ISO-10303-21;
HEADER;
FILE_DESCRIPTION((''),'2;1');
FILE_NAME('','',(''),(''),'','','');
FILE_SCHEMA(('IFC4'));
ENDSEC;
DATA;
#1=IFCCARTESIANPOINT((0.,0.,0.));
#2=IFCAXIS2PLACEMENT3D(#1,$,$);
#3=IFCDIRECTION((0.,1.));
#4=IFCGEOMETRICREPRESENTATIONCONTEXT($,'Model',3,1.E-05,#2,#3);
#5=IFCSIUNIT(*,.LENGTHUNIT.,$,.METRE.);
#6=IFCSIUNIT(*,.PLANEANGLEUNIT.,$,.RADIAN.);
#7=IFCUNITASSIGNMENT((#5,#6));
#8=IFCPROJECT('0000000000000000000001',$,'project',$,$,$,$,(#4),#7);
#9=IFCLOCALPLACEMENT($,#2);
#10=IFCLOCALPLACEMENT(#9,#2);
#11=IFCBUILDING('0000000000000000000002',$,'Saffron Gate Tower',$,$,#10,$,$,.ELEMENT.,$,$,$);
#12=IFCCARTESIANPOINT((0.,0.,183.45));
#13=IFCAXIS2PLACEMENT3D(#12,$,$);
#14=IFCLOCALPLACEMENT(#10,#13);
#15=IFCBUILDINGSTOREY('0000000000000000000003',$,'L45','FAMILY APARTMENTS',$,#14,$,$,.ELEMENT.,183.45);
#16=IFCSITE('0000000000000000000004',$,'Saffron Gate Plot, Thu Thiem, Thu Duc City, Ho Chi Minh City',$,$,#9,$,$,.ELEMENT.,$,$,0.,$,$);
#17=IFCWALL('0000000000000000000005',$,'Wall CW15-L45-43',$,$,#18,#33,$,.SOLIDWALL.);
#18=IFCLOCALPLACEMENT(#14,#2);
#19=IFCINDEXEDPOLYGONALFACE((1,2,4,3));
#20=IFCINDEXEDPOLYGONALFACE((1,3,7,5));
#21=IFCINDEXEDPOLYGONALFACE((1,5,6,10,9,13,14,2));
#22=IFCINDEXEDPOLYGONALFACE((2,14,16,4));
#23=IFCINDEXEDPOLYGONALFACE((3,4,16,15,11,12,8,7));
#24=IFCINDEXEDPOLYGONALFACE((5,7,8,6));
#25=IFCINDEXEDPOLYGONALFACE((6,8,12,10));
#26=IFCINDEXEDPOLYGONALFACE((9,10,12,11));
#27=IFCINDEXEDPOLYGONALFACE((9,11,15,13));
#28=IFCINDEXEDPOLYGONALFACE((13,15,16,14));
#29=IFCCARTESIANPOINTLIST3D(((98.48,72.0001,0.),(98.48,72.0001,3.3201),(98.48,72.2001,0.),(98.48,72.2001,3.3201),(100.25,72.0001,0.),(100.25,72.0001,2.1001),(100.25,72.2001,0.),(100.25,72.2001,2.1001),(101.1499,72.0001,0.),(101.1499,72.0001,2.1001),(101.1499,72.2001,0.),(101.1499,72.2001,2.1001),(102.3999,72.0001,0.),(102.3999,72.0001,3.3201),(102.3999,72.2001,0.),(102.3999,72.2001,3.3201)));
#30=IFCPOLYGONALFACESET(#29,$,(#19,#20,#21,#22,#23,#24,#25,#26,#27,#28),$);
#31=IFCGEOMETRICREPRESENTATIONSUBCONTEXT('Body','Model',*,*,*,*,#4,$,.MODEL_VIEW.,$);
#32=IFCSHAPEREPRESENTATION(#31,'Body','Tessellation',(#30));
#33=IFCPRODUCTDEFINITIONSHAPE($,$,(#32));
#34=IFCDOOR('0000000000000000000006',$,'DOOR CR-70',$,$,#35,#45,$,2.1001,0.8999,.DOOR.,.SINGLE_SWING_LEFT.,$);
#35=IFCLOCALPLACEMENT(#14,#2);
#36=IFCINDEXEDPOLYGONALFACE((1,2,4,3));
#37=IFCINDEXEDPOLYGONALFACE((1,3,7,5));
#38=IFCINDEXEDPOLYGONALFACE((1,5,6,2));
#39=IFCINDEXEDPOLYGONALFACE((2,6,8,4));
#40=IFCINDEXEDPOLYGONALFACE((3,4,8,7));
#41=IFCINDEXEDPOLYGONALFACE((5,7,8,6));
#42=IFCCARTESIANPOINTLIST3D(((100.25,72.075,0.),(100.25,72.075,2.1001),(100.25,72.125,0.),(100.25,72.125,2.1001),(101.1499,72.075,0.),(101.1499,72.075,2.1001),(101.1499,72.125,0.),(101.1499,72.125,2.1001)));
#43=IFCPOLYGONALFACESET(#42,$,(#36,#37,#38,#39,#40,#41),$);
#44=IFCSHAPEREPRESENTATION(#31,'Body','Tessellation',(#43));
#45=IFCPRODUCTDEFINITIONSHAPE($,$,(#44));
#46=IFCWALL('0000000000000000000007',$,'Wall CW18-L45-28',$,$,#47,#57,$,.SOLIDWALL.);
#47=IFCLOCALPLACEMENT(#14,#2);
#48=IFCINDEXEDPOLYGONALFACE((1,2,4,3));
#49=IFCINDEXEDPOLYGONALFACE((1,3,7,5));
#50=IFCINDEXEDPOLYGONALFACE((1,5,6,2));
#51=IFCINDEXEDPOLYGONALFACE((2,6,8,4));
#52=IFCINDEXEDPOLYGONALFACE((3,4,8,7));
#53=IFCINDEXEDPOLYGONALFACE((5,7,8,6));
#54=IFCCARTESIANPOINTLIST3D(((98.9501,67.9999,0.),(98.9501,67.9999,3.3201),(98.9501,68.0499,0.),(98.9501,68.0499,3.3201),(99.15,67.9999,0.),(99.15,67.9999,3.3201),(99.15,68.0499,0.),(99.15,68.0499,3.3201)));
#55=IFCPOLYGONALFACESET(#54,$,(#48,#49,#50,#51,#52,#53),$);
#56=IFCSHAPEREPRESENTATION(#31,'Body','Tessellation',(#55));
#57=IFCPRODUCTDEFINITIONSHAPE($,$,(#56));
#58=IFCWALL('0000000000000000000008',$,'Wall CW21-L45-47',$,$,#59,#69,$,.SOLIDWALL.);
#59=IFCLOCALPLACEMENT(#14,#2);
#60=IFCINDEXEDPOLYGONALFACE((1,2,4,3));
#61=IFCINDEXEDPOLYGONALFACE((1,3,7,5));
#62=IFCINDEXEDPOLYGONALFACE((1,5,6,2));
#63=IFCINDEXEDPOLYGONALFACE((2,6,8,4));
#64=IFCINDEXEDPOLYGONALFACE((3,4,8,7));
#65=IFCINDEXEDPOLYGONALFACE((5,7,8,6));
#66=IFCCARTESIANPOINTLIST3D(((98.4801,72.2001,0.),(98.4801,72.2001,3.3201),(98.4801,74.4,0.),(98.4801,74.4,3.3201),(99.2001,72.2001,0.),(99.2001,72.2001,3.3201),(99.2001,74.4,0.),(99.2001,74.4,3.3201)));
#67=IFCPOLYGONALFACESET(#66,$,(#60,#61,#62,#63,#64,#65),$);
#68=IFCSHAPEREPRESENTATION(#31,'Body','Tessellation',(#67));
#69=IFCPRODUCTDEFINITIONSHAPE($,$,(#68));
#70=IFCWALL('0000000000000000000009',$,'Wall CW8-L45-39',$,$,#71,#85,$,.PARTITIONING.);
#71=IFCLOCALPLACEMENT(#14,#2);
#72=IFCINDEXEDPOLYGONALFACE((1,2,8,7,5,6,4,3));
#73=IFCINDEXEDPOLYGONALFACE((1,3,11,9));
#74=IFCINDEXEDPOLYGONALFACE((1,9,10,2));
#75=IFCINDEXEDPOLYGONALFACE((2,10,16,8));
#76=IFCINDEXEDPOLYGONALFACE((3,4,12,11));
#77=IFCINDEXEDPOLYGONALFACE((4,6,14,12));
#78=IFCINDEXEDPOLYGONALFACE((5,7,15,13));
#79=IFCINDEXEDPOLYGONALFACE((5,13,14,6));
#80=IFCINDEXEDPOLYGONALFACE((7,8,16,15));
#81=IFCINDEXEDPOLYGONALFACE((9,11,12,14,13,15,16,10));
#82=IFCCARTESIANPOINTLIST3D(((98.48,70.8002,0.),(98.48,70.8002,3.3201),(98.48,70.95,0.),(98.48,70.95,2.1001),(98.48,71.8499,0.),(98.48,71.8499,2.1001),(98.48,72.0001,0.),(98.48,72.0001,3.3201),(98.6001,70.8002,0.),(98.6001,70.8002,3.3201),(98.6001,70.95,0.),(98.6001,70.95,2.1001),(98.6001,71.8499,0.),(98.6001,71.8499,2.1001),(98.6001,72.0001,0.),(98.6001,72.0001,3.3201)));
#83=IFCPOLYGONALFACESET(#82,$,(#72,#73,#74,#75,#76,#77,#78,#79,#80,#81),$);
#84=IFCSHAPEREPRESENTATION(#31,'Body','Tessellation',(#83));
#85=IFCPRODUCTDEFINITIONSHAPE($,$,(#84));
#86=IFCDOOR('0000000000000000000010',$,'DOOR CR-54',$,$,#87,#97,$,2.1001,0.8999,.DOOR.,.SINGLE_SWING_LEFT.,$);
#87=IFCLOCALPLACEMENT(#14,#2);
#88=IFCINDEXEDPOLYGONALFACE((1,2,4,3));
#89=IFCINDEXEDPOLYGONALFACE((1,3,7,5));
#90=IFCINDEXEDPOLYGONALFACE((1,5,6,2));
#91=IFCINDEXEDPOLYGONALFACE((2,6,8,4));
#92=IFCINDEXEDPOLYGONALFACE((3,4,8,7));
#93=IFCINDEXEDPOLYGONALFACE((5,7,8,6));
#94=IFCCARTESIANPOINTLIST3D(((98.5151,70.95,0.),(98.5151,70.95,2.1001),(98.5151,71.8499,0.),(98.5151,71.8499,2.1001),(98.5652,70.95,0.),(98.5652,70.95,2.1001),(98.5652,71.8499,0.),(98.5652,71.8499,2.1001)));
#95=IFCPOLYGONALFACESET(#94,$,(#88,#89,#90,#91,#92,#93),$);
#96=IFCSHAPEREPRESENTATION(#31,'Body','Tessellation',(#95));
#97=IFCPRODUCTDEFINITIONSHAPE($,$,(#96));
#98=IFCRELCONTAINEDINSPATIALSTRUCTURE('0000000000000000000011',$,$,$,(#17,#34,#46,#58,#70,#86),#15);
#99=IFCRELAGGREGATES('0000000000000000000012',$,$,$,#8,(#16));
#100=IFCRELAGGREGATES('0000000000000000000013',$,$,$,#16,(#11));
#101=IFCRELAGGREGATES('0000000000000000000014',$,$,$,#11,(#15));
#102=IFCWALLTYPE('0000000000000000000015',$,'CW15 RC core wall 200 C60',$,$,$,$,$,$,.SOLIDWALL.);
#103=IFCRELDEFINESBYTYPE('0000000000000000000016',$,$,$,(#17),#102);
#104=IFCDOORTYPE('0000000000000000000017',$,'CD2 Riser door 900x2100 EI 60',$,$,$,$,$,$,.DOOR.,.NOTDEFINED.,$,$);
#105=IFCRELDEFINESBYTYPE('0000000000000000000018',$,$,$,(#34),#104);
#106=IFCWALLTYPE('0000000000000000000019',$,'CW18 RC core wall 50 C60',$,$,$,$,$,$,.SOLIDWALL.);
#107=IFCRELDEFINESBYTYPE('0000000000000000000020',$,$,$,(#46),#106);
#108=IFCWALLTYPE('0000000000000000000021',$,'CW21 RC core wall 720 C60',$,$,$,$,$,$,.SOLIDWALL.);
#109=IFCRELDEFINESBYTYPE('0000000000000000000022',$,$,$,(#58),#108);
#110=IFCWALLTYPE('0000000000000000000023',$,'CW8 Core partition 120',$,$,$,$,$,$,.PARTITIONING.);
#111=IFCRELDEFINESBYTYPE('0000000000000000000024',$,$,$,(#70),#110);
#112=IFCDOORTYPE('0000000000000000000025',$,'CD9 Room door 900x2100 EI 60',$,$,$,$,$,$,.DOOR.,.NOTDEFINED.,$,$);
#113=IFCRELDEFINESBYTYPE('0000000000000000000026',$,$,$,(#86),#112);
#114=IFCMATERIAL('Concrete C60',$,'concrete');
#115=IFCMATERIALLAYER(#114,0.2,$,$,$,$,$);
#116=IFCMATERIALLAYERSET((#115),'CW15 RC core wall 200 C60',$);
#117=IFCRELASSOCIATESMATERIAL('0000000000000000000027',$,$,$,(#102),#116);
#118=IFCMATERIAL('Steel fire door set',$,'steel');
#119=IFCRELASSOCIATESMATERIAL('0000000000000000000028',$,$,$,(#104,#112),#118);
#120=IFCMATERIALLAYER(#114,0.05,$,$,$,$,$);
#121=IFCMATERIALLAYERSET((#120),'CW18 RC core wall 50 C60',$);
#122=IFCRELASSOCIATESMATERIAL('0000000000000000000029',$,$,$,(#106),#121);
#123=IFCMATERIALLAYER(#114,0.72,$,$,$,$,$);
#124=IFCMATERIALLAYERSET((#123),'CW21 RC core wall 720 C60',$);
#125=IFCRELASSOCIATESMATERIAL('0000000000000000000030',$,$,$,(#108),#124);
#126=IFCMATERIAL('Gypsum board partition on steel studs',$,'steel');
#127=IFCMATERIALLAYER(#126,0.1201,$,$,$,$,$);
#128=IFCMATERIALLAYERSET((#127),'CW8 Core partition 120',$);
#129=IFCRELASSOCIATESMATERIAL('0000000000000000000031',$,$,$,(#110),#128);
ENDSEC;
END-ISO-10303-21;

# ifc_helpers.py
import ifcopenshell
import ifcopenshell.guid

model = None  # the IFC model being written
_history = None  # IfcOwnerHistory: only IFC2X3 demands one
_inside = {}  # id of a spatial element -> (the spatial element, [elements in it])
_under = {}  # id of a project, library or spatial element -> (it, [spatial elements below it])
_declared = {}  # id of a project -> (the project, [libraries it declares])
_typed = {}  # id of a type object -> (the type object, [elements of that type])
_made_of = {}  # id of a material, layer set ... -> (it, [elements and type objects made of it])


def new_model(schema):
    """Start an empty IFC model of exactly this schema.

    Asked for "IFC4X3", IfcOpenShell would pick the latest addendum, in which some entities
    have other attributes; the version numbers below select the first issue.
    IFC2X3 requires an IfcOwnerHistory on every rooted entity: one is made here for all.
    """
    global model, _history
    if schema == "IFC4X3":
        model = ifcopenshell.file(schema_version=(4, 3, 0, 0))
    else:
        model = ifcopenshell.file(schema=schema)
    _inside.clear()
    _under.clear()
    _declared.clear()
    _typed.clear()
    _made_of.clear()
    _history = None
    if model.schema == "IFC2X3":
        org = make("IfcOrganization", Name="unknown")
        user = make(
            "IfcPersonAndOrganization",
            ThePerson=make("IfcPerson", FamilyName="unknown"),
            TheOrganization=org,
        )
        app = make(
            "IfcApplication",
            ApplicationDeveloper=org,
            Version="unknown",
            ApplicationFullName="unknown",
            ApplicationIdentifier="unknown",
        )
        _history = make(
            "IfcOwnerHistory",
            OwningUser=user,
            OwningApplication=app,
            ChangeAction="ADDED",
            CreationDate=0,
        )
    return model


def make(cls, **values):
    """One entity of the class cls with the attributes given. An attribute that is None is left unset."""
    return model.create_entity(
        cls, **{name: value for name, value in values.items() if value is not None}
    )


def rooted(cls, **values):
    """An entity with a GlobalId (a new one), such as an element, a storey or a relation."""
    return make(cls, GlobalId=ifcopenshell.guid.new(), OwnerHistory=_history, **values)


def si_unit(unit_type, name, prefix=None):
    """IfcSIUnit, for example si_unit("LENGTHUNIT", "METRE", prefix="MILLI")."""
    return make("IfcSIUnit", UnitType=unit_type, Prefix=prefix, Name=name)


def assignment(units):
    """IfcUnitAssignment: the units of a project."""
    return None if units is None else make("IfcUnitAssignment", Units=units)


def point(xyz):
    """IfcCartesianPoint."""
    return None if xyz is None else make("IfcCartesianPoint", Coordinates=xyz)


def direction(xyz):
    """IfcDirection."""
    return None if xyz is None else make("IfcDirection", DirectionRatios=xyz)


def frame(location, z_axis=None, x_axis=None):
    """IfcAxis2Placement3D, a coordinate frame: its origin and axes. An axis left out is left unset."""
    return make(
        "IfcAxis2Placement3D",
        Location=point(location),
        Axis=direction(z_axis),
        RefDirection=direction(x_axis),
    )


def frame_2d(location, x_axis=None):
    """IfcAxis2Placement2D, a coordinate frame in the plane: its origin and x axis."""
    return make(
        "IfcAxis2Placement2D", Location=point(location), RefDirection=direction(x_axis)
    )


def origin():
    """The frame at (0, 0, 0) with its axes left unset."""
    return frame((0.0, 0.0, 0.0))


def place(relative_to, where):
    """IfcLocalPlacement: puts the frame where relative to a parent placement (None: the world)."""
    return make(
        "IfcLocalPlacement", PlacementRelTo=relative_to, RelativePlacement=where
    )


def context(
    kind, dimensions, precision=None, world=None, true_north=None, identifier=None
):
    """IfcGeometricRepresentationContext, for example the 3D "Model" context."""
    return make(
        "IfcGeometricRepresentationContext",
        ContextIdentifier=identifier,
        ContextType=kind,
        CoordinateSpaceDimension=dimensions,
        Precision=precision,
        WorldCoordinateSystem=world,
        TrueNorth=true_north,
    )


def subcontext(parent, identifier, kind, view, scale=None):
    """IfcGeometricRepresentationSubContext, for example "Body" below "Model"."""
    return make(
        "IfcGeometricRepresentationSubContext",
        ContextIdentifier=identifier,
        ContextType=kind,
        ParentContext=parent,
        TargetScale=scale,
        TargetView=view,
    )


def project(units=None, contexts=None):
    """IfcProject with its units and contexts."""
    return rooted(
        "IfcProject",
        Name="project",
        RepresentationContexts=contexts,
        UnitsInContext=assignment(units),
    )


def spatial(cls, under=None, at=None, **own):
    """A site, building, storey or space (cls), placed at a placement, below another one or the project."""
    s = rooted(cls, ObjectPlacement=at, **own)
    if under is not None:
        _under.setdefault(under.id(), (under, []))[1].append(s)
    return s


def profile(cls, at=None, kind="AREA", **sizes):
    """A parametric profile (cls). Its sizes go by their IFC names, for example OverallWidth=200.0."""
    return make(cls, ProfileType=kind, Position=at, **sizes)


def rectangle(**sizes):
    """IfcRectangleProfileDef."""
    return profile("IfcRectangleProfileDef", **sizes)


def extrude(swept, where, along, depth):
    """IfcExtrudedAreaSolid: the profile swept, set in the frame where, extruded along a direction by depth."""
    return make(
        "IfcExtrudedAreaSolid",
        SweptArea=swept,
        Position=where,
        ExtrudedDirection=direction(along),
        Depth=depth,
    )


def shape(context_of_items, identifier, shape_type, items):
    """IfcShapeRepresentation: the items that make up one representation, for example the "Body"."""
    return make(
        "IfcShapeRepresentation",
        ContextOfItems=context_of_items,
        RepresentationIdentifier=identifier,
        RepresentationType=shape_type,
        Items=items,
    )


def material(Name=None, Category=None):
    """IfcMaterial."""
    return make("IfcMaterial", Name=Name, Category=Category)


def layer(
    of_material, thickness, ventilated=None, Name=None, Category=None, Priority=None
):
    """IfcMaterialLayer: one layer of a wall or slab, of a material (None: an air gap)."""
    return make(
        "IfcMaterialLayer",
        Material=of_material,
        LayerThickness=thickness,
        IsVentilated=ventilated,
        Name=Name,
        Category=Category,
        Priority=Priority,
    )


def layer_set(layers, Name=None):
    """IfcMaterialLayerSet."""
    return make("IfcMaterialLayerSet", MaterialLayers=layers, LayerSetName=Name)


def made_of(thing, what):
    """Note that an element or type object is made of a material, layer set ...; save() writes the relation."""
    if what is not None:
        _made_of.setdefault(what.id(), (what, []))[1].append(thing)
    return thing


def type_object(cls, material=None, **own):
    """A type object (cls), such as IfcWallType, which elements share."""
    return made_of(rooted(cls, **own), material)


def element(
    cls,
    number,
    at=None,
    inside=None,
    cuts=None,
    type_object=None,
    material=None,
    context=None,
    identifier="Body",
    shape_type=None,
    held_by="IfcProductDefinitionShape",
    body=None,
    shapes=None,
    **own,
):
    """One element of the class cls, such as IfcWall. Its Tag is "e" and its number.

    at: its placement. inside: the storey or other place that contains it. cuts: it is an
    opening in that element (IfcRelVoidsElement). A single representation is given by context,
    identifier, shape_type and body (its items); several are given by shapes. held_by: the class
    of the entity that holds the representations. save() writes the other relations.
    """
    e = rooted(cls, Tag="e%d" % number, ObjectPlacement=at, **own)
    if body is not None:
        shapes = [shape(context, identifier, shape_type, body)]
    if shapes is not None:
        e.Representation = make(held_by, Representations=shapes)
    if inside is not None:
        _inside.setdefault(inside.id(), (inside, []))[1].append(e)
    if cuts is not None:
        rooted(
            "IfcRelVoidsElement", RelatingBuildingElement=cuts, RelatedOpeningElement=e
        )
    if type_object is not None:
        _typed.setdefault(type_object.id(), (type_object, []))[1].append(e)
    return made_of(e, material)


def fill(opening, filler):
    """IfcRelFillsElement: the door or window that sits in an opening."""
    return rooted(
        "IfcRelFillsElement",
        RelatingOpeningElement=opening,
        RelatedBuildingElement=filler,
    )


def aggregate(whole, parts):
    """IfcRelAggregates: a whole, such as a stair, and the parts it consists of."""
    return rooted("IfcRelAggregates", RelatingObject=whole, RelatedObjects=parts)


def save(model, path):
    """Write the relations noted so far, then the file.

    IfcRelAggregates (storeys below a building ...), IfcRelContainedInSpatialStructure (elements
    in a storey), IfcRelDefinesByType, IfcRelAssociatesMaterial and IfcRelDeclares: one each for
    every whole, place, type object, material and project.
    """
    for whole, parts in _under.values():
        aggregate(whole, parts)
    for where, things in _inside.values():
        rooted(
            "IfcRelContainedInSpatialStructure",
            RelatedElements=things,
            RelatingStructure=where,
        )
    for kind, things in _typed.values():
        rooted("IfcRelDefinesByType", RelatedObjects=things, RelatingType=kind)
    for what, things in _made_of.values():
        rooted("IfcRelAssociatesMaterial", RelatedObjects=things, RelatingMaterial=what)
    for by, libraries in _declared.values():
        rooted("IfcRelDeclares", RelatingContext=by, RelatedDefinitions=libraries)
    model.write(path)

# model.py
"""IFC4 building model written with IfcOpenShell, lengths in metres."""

from ifc_helpers import new_model, si_unit, direction, frame, frame_2d, origin, place, context, subcontext, project, spatial, rectangle, extrude, material, layer, layer_set, type_object, element, fill, save


model = new_model("IFC4")

# Units and contexts
model_context = context("Model", 3, precision=1e-05, world=origin(), true_north=direction((0.0, 1.0)))
body_context = subcontext(model_context, "Body", "Model", "MODEL_VIEW")
ifc_project = project(units=[si_unit("LENGTHUNIT", "METRE"), si_unit("PLANEANGLEUNIT", "RADIAN")], contexts=[model_context])

# Site, building, storey
site_placement = place(None, origin())
site = spatial("IfcSite", under=ifc_project, at=site_placement, Name="Saffron Gate Plot, Thu Thiem, Thu Duc City, Ho Chi Minh City", CompositionType="ELEMENT", RefElevation=0.0)
building_placement = place(site_placement, origin())
building = spatial("IfcBuilding", under=site, at=building_placement, Name="Saffron Gate Tower", CompositionType="ELEMENT")
storey_placement = place(building_placement, frame((0.0, 0.0, 183.45)))
storey = spatial("IfcBuildingStorey", under=building, at=storey_placement, Name="L45", Description="FAMILY APARTMENTS", CompositionType="ELEMENT", Elevation=183.45)

# Shared definitions
ifc_material_1 = material(Name="Concrete C60", Category="concrete")

# Shared definitions
ifc_material_2 = material(Name="Steel fire door set", Category="steel")

# Shared definitions
ifc_layer_1 = layer(ifc_material_1, 0.2)
ifc_layer_set_1 = layer_set([ifc_layer_1], Name="CW15 RC core wall 200 C60")
wall_type_1 = type_object("IfcWallType", Name="CW15 RC core wall 200 C60", PredefinedType="SOLIDWALL", material=ifc_layer_set_1)

# Wall, opening, door
wall_1_placement = place(storey_placement, frame((98.48, 72.1001, 0.0), z_axis=(0.0, 0.0, 1.0), x_axis=(1.0, 0.0, 0.0)))
wall_1 = element("IfcWall", 1, at=wall_1_placement, inside=storey, type_object=wall_type_1, Name="Wall CW15-L45-43", PredefinedType="SOLIDWALL", context=body_context, shape_type="SweptSolid", body=[
    extrude(rectangle(XDim=3.9199, YDim=0.2, at=frame_2d((1.96, 0.0))), origin(), (0.0, 0.0, 1.0), 3.3201),
])
opening_1_placement = place(wall_1_placement, frame((1.77, 0.0, 0.0)))
opening_1 = element("IfcOpeningElement", 2, at=opening_1_placement, cuts=wall_1, PredefinedType="OPENING", context=body_context, shape_type="SweptSolid", body=[
    extrude(rectangle(XDim=0.8999, YDim=2.1001, at=frame_2d((0.45, 1.05))), frame((0.0, 0.1099, 0.0), z_axis=(0.0, -1.0, 0.0), x_axis=(1.0, 0.0, 0.0)), (0.0, 0.0, 1.0), 0.22),
])
door_type_1 = type_object("IfcDoorType", Name="CD2 Riser door 900x2100 EI 60", OperationType="NOTDEFINED", PredefinedType="DOOR", material=ifc_material_2)
door_1_placement = place(opening_1_placement, origin())
door_1 = element("IfcDoor", 3, at=door_1_placement, inside=storey, type_object=door_type_1, Name="DOOR CR-70", OperationType="SINGLE_SWING_LEFT", OverallHeight=2.1001, OverallWidth=0.8999, PredefinedType="DOOR", context=body_context, shape_type="SweptSolid", body=[
    extrude(rectangle(XDim=0.8999, YDim=2.1001, at=frame_2d((0.45, 1.05))), frame((0.0, 0.0249, 0.0), z_axis=(0.0, -1.0, 0.0), x_axis=(1.0, 0.0, 0.0)), (0.0, 0.0, 1.0), 0.05),
])
fill(opening_1, door_1)

# Walls
ifc_layer_2 = layer(ifc_material_1, 0.05)
ifc_layer_set_2 = layer_set([ifc_layer_2], Name="CW18 RC core wall 50 C60")
wall_type_2 = type_object("IfcWallType", Name="CW18 RC core wall 50 C60", PredefinedType="SOLIDWALL", material=ifc_layer_set_2)
wall_2_placement = place(storey_placement, frame((98.95, 68.0249, 0.0), z_axis=(0.0, 0.0, 1.0), x_axis=(1.0, 0.0, 0.0)))
element("IfcWall", 4, at=wall_2_placement, inside=storey, type_object=wall_type_2, Name="Wall CW18-L45-28", PredefinedType="SOLIDWALL", context=body_context, shape_type="SweptSolid", body=[
    extrude(rectangle(XDim=0.2, YDim=0.05, at=frame_2d((0.1001, 0.0))), origin(), (0.0, 0.0, 1.0), 3.3201),
])
ifc_layer_3 = layer(ifc_material_1, 0.72)
ifc_layer_set_3 = layer_set([ifc_layer_3], Name="CW21 RC core wall 720 C60")
wall_type_3 = type_object("IfcWallType", Name="CW21 RC core wall 720 C60", PredefinedType="SOLIDWALL", material=ifc_layer_set_3)
wall_3_placement = place(storey_placement, frame((98.8401, 72.2, 0.0), z_axis=(0.0, 0.0, 1.0), x_axis=(0.0, 1.0, 0.0)))
element("IfcWall", 5, at=wall_3_placement, inside=storey, type_object=wall_type_3, Name="Wall CW21-L45-47", PredefinedType="SOLIDWALL", context=body_context, shape_type="SweptSolid", body=[
    extrude(rectangle(XDim=2.2, YDim=0.72, at=frame_2d((1.1001, 0.0))), origin(), (0.0, 0.0, 1.0), 3.3201),
])

# Wall, opening, door
ifc_material_3 = material(Name="Gypsum board partition on steel studs", Category="steel")
ifc_layer_4 = layer(ifc_material_3, 0.1201)
ifc_layer_set_4 = layer_set([ifc_layer_4], Name="CW8 Core partition 120")
wall_type_4 = type_object("IfcWallType", Name="CW8 Core partition 120", PredefinedType="PARTITIONING", material=ifc_layer_set_4)
wall_4_placement = place(storey_placement, frame((98.54, 70.8, 0.0), z_axis=(0.0, 0.0, 1.0), x_axis=(0.0, 1.0, 0.0)))
wall_4 = element("IfcWall", 6, at=wall_4_placement, inside=storey, type_object=wall_type_4, Name="Wall CW8-L45-39", PredefinedType="PARTITIONING", context=body_context, shape_type="SweptSolid", body=[
    extrude(rectangle(XDim=1.2, YDim=0.1201, at=frame_2d((0.6001, 0.0))), origin(), (0.0, 0.0, 1.0), 3.3201),
])
opening_2_placement = place(wall_4_placement, frame((0.1499, 0.0, 0.0)))
opening_2 = element("IfcOpeningElement", 7, at=opening_2_placement, cuts=wall_4, PredefinedType="OPENING", context=body_context, shape_type="SweptSolid", body=[
    extrude(rectangle(XDim=0.8999, YDim=2.1001, at=frame_2d((0.45, 1.05))), frame((0.0, 0.0701, 0.0), z_axis=(0.0, -1.0, 0.0), x_axis=(1.0, 0.0, 0.0)), (0.0, 0.0, 1.0), 0.1401),
])
door_type_2 = type_object("IfcDoorType", Name="CD9 Room door 900x2100 EI 60", OperationType="NOTDEFINED", PredefinedType="DOOR", material=ifc_material_2)
door_2_placement = place(opening_2_placement, origin())
door_2 = element("IfcDoor", 8, at=door_2_placement, inside=storey, type_object=door_type_2, Name="DOOR CR-54", OperationType="SINGLE_SWING_LEFT", OverallHeight=2.1001, OverallWidth=0.8999, PredefinedType="DOOR", context=body_context, shape_type="SweptSolid", body=[
    extrude(rectangle(XDim=0.8999, YDim=2.1001, at=frame_2d((0.45, 1.05))), frame((0.0, 0.0249, 0.0), z_axis=(0.0, -1.0, 0.0), x_axis=(1.0, 0.0, 0.0)), (0.0, 0.0, 1.0), 0.05),
])
fill(opening_2, door_2)

save(model, "model.ifc")
